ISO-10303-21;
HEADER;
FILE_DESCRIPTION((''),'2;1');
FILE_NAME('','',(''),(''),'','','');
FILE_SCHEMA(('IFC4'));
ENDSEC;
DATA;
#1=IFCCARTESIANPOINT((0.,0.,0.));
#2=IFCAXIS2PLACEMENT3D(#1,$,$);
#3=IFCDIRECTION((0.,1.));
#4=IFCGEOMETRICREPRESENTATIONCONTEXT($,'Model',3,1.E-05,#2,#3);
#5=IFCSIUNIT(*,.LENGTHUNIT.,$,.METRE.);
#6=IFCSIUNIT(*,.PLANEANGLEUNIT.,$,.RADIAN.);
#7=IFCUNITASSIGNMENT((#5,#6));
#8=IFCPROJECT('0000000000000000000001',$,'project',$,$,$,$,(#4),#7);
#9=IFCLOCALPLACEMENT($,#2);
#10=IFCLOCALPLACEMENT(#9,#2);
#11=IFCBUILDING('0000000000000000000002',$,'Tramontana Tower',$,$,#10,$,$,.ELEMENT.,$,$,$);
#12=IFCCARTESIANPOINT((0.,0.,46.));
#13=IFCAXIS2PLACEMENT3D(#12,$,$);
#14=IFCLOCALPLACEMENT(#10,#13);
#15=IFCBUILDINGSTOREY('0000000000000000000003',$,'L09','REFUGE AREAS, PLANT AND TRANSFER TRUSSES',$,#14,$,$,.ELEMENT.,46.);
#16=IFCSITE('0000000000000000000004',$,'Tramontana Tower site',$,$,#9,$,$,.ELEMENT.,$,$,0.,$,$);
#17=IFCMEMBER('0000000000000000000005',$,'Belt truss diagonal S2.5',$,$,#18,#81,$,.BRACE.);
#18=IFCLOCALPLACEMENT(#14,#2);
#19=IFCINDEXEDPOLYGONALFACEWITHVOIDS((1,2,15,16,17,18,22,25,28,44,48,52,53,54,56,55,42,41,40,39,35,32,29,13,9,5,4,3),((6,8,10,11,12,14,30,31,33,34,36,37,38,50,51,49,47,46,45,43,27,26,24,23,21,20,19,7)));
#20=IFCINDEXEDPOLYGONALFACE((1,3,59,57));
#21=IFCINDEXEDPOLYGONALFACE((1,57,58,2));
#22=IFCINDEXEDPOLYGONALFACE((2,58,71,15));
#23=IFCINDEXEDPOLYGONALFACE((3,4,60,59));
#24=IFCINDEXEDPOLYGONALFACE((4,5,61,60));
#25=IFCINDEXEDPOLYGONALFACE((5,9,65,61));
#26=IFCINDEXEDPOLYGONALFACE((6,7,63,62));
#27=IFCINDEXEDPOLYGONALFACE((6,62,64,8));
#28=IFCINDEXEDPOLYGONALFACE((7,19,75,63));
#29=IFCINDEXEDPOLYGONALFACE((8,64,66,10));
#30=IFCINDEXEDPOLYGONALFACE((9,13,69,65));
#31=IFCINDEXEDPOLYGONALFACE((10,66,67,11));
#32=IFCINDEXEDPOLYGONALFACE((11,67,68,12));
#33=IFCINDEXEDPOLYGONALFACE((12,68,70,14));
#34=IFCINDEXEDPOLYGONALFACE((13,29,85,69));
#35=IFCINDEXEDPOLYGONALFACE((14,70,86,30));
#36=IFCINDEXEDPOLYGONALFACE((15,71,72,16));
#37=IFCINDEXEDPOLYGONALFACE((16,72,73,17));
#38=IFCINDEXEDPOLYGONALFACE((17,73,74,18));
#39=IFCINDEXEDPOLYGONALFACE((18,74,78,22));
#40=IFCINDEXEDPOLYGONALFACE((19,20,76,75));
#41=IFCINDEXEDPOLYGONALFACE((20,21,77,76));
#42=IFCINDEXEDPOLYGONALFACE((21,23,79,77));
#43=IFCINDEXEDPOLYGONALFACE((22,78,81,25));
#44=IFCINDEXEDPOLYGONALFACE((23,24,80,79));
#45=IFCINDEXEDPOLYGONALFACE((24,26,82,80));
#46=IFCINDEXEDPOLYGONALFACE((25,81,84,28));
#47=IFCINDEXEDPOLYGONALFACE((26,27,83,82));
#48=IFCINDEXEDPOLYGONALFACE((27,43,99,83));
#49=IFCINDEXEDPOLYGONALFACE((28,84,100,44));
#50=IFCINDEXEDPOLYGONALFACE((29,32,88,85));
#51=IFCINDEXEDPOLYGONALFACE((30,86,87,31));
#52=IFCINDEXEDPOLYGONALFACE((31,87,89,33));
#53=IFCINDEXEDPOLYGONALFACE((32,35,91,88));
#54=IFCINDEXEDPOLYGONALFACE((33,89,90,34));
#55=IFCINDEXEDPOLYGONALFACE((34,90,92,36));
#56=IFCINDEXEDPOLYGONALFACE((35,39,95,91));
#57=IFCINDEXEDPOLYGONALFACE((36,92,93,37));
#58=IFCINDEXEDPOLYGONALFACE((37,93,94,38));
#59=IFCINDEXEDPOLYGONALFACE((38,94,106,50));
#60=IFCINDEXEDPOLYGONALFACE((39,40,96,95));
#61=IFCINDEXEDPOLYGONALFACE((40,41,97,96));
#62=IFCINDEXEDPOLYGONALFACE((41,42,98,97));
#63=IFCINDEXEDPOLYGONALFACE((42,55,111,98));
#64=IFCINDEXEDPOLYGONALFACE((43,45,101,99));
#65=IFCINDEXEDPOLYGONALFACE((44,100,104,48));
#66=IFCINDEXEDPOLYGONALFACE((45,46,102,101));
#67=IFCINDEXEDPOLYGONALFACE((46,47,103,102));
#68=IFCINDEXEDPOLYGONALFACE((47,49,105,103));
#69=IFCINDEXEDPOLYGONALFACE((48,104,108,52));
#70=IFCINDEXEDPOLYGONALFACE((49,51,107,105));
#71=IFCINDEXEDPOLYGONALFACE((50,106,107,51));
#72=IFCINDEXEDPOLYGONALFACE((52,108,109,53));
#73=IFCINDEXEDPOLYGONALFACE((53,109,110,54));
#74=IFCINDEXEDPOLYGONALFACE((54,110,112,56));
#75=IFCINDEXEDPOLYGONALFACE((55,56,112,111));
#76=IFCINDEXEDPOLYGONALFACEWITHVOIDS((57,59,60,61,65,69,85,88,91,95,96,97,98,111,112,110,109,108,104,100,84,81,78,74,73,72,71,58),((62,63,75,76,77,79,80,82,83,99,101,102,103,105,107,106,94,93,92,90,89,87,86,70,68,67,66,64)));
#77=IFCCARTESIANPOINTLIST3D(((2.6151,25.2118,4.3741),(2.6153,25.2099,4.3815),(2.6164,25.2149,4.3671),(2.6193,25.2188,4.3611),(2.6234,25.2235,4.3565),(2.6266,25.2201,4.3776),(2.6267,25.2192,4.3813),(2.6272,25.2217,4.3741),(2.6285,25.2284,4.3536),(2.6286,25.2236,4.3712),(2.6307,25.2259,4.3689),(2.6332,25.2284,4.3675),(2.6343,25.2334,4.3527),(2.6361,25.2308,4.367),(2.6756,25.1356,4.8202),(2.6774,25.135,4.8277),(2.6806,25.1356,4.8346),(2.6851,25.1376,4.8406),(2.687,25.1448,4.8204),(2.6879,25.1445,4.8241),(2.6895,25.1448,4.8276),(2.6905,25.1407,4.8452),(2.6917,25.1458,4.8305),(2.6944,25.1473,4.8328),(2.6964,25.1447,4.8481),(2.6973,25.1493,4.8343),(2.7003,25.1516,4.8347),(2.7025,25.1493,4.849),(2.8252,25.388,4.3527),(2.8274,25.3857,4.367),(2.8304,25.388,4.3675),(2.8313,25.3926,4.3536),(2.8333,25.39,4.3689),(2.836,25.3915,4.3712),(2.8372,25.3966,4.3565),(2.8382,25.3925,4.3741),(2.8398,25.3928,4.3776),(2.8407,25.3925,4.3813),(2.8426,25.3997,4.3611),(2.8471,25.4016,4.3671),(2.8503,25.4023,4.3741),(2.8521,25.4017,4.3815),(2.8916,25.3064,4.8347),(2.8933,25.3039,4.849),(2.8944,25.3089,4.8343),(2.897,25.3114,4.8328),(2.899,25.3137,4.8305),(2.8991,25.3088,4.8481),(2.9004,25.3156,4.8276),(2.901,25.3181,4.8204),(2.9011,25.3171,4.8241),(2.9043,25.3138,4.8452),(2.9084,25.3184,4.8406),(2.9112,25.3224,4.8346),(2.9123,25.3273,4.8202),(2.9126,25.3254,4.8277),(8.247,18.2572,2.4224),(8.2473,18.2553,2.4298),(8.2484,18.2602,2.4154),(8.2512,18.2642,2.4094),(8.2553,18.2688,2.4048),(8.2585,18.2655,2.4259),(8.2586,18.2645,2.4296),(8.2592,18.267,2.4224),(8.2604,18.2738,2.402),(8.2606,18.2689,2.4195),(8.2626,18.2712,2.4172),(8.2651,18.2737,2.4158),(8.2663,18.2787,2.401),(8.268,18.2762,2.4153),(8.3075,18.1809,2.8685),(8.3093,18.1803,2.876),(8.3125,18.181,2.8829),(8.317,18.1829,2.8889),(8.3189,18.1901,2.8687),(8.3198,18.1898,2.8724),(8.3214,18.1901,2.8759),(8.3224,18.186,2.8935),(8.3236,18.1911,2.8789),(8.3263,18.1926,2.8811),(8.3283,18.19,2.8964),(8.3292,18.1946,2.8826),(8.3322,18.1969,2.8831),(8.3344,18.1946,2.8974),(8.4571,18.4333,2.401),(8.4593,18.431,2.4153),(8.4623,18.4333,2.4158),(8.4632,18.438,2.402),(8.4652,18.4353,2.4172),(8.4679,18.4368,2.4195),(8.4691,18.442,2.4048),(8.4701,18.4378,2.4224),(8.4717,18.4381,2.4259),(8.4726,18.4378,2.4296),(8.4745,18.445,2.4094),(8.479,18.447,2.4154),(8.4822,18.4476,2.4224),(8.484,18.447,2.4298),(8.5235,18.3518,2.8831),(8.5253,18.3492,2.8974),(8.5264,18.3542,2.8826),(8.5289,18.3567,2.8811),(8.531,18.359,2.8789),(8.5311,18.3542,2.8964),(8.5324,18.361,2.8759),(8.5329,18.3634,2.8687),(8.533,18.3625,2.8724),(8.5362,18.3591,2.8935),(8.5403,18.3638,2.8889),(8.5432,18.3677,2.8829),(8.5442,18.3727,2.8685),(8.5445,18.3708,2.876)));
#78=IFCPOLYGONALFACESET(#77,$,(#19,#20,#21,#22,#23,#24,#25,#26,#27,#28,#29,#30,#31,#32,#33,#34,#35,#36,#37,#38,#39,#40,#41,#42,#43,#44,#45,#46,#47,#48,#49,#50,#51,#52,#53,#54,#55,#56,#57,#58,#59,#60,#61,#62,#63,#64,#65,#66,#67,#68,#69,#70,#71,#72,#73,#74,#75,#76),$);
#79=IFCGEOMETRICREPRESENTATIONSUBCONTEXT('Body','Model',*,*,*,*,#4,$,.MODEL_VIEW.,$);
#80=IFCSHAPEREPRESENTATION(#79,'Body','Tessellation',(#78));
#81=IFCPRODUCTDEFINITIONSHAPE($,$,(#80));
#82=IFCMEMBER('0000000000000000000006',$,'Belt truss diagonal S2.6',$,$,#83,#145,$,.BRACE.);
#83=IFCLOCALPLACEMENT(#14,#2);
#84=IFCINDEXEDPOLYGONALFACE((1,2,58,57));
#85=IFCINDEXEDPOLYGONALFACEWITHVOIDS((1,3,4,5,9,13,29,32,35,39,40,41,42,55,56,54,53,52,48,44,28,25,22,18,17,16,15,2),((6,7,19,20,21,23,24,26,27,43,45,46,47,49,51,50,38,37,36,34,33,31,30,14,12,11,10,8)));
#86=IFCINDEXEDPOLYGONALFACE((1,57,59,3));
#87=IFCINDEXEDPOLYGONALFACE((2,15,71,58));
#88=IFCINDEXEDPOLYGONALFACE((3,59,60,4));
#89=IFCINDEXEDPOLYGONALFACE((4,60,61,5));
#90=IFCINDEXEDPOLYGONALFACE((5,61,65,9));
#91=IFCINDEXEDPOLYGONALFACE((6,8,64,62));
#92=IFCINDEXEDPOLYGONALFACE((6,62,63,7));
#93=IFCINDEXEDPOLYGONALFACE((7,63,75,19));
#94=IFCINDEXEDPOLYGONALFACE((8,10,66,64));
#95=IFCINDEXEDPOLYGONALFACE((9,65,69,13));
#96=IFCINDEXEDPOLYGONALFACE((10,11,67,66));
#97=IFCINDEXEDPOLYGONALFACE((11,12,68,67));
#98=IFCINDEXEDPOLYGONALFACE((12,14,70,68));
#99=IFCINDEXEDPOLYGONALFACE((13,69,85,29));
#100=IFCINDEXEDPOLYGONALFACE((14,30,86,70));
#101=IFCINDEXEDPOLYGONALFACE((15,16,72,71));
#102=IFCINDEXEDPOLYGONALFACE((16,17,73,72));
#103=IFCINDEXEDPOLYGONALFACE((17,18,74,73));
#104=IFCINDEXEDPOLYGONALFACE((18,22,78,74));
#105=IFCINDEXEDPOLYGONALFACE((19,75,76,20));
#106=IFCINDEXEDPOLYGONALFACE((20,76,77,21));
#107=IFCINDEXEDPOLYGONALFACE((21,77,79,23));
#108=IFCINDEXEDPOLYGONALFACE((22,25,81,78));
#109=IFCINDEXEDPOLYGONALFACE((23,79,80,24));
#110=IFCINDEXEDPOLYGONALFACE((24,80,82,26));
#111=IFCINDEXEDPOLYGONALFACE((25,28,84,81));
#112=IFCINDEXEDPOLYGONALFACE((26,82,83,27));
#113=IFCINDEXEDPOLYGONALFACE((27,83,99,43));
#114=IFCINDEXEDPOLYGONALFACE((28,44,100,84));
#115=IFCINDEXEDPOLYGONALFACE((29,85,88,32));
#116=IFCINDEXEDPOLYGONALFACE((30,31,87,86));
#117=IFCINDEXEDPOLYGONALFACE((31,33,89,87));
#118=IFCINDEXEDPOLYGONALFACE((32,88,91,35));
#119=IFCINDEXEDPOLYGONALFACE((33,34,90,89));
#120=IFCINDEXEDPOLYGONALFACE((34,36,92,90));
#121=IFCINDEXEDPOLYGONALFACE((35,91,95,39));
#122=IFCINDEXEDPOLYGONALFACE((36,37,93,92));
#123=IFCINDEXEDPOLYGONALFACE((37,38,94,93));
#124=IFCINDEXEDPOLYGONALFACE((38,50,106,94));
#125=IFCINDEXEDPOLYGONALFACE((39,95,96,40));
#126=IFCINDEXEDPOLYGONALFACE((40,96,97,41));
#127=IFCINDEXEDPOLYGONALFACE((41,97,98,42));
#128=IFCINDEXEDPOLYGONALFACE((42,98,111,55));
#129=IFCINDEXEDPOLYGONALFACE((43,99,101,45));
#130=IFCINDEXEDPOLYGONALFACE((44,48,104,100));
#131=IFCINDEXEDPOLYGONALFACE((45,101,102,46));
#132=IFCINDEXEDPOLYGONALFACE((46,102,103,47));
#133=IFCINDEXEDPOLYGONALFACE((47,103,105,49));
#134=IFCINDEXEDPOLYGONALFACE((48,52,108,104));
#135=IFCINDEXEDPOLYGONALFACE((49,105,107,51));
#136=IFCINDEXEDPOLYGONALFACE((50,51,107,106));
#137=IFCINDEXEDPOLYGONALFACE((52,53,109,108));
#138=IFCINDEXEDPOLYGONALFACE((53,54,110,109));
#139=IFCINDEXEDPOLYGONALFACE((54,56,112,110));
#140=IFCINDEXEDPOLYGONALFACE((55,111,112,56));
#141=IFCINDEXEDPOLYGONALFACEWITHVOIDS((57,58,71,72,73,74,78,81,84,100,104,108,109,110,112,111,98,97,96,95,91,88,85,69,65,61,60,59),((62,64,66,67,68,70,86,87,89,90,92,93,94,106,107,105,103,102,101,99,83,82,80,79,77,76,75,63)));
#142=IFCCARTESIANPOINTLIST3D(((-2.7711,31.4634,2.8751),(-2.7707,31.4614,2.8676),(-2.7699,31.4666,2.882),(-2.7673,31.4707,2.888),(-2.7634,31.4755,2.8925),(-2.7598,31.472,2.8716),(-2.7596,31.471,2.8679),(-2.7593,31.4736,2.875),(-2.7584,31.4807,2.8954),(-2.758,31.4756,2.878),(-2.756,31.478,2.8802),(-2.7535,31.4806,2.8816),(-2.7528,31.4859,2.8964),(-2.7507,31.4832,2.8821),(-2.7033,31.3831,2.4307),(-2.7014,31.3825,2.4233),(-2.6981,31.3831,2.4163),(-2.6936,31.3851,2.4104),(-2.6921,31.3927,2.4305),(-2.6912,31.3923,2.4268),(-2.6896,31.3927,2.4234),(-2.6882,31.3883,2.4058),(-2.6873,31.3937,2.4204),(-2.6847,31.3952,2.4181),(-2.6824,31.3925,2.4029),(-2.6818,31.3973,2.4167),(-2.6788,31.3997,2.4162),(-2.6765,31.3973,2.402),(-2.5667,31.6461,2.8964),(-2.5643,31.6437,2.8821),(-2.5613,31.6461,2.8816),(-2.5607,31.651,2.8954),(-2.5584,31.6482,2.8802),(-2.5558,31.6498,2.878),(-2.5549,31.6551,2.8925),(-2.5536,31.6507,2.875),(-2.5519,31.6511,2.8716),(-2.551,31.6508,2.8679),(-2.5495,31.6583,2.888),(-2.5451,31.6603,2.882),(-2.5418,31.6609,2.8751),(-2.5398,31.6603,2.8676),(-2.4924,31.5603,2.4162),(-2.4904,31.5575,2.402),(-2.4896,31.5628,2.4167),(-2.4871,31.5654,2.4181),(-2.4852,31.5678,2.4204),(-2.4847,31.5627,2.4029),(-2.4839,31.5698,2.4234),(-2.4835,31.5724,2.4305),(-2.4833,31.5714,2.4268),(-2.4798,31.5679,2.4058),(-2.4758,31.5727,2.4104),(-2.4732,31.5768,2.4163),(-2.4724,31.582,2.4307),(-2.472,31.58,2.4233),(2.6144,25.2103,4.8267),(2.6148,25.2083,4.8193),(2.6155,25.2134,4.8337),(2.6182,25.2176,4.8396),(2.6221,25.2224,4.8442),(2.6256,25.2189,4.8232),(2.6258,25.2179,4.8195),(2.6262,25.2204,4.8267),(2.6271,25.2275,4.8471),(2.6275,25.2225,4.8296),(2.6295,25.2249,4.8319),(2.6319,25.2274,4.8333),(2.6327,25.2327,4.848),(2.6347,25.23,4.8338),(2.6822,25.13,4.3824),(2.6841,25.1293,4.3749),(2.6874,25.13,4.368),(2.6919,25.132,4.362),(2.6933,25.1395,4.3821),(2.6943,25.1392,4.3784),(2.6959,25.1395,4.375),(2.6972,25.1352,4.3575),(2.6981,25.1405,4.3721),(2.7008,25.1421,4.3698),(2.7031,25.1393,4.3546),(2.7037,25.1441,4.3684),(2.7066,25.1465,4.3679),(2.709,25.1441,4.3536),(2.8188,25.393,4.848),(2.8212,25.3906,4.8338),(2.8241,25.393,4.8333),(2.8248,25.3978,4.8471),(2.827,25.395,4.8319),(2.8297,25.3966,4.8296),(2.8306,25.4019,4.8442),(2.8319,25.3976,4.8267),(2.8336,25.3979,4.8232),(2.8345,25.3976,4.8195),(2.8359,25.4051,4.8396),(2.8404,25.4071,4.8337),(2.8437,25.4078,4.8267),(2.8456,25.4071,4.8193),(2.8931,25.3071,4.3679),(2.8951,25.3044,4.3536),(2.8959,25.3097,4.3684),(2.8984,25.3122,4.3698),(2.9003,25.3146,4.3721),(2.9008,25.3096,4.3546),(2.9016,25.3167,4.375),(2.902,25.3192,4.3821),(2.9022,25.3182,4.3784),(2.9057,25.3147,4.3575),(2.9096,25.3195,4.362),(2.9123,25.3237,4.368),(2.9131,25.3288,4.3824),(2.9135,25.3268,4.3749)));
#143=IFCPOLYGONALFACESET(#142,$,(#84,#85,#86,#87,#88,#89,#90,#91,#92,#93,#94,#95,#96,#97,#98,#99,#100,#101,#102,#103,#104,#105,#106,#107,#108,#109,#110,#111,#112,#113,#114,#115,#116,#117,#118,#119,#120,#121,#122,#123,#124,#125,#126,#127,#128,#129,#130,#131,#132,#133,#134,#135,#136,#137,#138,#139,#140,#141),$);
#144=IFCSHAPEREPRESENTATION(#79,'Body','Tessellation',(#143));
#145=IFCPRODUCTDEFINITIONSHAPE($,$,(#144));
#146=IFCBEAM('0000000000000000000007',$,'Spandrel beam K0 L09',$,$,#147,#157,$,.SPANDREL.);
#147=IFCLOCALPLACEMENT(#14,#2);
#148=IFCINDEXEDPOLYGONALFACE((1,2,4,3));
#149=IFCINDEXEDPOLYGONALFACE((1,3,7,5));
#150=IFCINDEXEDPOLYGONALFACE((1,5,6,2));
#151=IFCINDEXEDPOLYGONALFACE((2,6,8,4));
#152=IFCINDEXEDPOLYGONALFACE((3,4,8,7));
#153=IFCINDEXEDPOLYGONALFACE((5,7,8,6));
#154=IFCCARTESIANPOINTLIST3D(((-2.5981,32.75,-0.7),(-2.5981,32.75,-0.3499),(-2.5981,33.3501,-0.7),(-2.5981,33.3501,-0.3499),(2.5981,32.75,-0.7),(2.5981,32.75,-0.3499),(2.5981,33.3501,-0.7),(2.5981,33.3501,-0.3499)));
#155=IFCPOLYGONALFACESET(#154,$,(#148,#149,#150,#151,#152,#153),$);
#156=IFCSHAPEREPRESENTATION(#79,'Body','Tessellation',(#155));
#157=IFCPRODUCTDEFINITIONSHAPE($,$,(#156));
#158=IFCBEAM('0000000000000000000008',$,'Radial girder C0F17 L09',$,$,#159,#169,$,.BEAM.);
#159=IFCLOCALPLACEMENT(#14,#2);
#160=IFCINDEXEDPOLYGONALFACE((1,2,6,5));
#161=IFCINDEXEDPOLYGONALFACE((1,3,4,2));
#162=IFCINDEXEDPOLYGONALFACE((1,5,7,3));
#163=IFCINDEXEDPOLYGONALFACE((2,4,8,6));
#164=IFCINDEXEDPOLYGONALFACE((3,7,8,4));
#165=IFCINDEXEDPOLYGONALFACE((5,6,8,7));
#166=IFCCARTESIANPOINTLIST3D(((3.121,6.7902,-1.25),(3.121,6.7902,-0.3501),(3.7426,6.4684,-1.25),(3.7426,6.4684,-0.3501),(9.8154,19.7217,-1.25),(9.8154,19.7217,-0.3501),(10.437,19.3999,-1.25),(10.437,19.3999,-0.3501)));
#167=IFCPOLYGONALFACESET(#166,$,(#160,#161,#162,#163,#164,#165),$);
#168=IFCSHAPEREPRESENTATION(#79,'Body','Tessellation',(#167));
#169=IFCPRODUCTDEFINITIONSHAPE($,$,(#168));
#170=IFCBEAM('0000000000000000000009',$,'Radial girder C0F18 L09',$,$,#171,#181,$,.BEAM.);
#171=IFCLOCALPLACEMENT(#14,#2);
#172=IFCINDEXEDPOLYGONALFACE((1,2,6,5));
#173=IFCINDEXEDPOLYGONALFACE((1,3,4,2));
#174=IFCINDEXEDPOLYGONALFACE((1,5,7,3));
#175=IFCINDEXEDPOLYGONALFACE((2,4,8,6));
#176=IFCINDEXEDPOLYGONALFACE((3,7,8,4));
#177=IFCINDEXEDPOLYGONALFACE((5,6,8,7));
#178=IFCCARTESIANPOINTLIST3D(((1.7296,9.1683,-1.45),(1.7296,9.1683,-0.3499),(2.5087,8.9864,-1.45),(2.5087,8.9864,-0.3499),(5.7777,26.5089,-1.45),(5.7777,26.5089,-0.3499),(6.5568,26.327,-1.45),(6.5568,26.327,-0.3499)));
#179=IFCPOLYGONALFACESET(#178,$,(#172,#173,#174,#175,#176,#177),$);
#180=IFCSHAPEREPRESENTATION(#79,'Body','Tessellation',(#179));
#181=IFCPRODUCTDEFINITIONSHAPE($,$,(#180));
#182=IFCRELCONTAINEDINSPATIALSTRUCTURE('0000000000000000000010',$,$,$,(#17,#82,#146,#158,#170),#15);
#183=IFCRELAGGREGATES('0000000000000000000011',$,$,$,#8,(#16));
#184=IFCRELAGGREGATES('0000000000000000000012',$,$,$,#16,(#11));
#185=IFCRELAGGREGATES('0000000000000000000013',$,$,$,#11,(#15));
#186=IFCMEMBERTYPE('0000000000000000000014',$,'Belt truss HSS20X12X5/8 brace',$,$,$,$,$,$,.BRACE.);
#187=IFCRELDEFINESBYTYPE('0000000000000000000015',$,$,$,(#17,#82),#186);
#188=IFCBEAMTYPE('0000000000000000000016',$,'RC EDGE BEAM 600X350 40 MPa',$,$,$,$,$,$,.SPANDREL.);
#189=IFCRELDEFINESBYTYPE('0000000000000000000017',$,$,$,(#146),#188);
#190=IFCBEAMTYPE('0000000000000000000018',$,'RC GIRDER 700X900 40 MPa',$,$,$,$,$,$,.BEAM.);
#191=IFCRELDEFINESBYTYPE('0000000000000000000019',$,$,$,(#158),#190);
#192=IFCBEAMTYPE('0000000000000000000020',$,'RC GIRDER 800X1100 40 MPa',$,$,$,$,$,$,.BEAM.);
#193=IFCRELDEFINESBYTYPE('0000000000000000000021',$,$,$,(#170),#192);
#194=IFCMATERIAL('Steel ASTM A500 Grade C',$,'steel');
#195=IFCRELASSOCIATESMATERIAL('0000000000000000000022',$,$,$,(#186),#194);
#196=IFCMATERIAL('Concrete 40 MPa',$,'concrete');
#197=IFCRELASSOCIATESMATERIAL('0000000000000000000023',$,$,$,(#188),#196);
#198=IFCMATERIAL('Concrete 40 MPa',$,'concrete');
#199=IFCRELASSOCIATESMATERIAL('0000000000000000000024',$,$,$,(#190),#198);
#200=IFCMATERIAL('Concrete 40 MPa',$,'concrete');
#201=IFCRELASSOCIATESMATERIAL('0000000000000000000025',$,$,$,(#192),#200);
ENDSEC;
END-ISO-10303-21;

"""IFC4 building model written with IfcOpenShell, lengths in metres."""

from ifc_helpers import new_model, si_unit, direction, frame, origin, origin_2d, place, context, subcontext, project, spatial, rectangle, hollow_rectangle, extrude, material, material_profile, profile_set, type_object, element, save


model = new_model("IFC4")

# Units and contexts
model_context = context("Model", 3, precision=1e-05, world=origin(), true_north=direction((0.0, 1.0)))
body_context = subcontext(model_context, "Body", "Model", "MODEL_VIEW")
ifc_project = project(units=[si_unit("LENGTHUNIT", "METRE"), si_unit("PLANEANGLEUNIT", "RADIAN")], contexts=[model_context])

# Site, building, storey
site_placement = place(None, origin())
site = spatial("IfcSite", under=ifc_project, at=site_placement, Name="Tramontana Tower site", CompositionType="ELEMENT", RefElevation=0.0)
building_placement = place(site_placement, origin())
building = spatial("IfcBuilding", under=site, at=building_placement, Name="Tramontana Tower", CompositionType="ELEMENT")
storey_placement = place(building_placement, frame((0.0, 0.0, 46.0)))
storey = spatial("IfcBuildingStorey", under=building, at=storey_placement, Name="L09", Description="REFUGE AREAS, PLANT AND TRANSFER TRUSSES", CompositionType="ELEMENT", Elevation=46.0)

# Members
ifc_material_1 = material(Name="Steel ASTM A500 Grade C", Category="steel")
ifc_material_profile_1 = material_profile(ifc_material_1, hollow_rectangle(XDim=0.3047, YDim=0.5081, WallThickness=0.0146, InnerFilletRadius=0.0146, OuterFilletRadius=0.0295, at=origin_2d()), Name="HSS20X12X5/8")
ifc_profile_set_1 = profile_set([ifc_material_profile_1], Name="Steel ASTM A500 Grade C")
member_type_1 = type_object("IfcMemberType", Name="Belt truss HSS20X12X5/8 brace", PredefinedType="BRACE", material=ifc_profile_set_1)
member_1_placement = place(storey_placement, frame((8.3958, 18.314, 2.6492), z_axis=(-0.614876, 0.759292, 0.213079), x_axis=(-0.777139, -0.629328, 0.0)))
element("IfcMember", 1, at=member_1_placement, inside=storey, type_object=member_type_1, Name="Belt truss diagonal S2.5", PredefinedType="BRACE", context=body_context, shape_type="SweptSolid", body=[
    extrude(hollow_rectangle(XDim=0.3047, YDim=0.5081, WallThickness=0.0146, InnerFilletRadius=0.0146, OuterFilletRadius=0.0295, at=origin_2d()), origin(), (0.0, 0.0, 1.0), 9.1594),
])
member_2_placement = place(storey_placement, frame((2.7639, 25.2686, 4.6008), z_axis=(-0.635063, 0.73738, -0.230142), x_axis=(-0.75772, -0.65258, 0.0)))
element("IfcMember", 2, at=member_2_placement, inside=storey, type_object=member_type_1, Name="Belt truss diagonal S2.6", PredefinedType="BRACE", context=body_context, shape_type="SweptSolid", body=[
    extrude(hollow_rectangle(XDim=0.3047, YDim=0.5081, WallThickness=0.0146, InnerFilletRadius=0.0146, OuterFilletRadius=0.0295, at=origin_2d()), origin(), (0.0, 0.0, 1.0), 8.4802),
])

# Beams
ifc_material_2 = material(Name="Concrete 40 MPa", Category="concrete")
ifc_material_profile_2 = material_profile(ifc_material_2, rectangle(XDim=0.6001, YDim=0.3501, at=origin_2d()), Name="RC EDGE BEAM 600X350 40 MPa")
ifc_profile_set_2 = profile_set([ifc_material_profile_2], Name="Concrete 40 MPa")
beam_type_1 = type_object("IfcBeamType", Name="RC EDGE BEAM 600X350 40 MPa", PredefinedType="SPANDREL", material=ifc_profile_set_2)
beam_1_placement = place(storey_placement, frame((2.5981, 33.05, -0.5249), z_axis=(-1.0, 0.0, 0.0), x_axis=(0.0, -1.0, 0.0)))
element("IfcBeam", 3, at=beam_1_placement, inside=storey, type_object=beam_type_1, Name="Spandrel beam K0 L09", PredefinedType="SPANDREL", context=body_context, shape_type="SweptSolid", body=[
    extrude(rectangle(XDim=0.6001, YDim=0.3501, at=origin_2d()), origin(), (0.0, 0.0, 1.0), 5.1963),
])
ifc_material_3 = material(Name="Concrete 40 MPa", Category="concrete")
ifc_material_profile_3 = material_profile(ifc_material_3, rectangle(XDim=0.7, YDim=0.8999, at=origin_2d()), Name="RC GIRDER 700X900 40 MPa")
ifc_profile_set_3 = profile_set([ifc_material_profile_3], Name="Concrete 40 MPa")
beam_type_2 = type_object("IfcBeamType", Name="RC GIRDER 700X900 40 MPa", PredefinedType="BEAM", material=ifc_profile_set_3)
beam_2_placement = place(storey_placement, frame((10.1262, 19.5608, -0.8), z_axis=(-0.459731, -0.888058, 0.0), x_axis=(0.888058, -0.459731, 0.0)))
element("IfcBeam", 4, at=beam_2_placement, inside=storey, type_object=beam_type_2, Name="Radial girder C0F17 L09", PredefinedType="BEAM", context=body_context, shape_type="SweptSolid", body=[
    extrude(rectangle(XDim=0.7, YDim=0.8999, at=origin_2d()), origin(), (0.0, 0.0, 1.0), 14.5615),
])
ifc_material_4 = material(Name="Concrete 40 MPa", Category="concrete")
ifc_material_profile_4 = material_profile(ifc_material_4, rectangle(XDim=0.8, YDim=1.1001, at=origin_2d()), Name="RC GIRDER 800X1100 40 MPa")
ifc_profile_set_4 = profile_set([ifc_material_profile_4], Name="Concrete 40 MPa")
beam_type_3 = type_object("IfcBeamType", Name="RC GIRDER 800X1100 40 MPa", PredefinedType="BEAM", material=ifc_profile_set_4)
beam_3_placement = place(storey_placement, frame((6.1672, 26.418, -0.8999), z_axis=(-0.227334, -0.973817, 0.0), x_axis=(0.973817, -0.227334, 0.0)))
element("IfcBeam", 5, at=beam_3_placement, inside=storey, type_object=beam_type_3, Name="Radial girder C0F18 L09", PredefinedType="BEAM", context=body_context, shape_type="SweptSolid", body=[
    extrude(rectangle(XDim=0.8, YDim=1.1001, at=origin_2d()), origin(), (0.0, 0.0, 1.0), 17.8069),
])

save(model, "model.ifc")
